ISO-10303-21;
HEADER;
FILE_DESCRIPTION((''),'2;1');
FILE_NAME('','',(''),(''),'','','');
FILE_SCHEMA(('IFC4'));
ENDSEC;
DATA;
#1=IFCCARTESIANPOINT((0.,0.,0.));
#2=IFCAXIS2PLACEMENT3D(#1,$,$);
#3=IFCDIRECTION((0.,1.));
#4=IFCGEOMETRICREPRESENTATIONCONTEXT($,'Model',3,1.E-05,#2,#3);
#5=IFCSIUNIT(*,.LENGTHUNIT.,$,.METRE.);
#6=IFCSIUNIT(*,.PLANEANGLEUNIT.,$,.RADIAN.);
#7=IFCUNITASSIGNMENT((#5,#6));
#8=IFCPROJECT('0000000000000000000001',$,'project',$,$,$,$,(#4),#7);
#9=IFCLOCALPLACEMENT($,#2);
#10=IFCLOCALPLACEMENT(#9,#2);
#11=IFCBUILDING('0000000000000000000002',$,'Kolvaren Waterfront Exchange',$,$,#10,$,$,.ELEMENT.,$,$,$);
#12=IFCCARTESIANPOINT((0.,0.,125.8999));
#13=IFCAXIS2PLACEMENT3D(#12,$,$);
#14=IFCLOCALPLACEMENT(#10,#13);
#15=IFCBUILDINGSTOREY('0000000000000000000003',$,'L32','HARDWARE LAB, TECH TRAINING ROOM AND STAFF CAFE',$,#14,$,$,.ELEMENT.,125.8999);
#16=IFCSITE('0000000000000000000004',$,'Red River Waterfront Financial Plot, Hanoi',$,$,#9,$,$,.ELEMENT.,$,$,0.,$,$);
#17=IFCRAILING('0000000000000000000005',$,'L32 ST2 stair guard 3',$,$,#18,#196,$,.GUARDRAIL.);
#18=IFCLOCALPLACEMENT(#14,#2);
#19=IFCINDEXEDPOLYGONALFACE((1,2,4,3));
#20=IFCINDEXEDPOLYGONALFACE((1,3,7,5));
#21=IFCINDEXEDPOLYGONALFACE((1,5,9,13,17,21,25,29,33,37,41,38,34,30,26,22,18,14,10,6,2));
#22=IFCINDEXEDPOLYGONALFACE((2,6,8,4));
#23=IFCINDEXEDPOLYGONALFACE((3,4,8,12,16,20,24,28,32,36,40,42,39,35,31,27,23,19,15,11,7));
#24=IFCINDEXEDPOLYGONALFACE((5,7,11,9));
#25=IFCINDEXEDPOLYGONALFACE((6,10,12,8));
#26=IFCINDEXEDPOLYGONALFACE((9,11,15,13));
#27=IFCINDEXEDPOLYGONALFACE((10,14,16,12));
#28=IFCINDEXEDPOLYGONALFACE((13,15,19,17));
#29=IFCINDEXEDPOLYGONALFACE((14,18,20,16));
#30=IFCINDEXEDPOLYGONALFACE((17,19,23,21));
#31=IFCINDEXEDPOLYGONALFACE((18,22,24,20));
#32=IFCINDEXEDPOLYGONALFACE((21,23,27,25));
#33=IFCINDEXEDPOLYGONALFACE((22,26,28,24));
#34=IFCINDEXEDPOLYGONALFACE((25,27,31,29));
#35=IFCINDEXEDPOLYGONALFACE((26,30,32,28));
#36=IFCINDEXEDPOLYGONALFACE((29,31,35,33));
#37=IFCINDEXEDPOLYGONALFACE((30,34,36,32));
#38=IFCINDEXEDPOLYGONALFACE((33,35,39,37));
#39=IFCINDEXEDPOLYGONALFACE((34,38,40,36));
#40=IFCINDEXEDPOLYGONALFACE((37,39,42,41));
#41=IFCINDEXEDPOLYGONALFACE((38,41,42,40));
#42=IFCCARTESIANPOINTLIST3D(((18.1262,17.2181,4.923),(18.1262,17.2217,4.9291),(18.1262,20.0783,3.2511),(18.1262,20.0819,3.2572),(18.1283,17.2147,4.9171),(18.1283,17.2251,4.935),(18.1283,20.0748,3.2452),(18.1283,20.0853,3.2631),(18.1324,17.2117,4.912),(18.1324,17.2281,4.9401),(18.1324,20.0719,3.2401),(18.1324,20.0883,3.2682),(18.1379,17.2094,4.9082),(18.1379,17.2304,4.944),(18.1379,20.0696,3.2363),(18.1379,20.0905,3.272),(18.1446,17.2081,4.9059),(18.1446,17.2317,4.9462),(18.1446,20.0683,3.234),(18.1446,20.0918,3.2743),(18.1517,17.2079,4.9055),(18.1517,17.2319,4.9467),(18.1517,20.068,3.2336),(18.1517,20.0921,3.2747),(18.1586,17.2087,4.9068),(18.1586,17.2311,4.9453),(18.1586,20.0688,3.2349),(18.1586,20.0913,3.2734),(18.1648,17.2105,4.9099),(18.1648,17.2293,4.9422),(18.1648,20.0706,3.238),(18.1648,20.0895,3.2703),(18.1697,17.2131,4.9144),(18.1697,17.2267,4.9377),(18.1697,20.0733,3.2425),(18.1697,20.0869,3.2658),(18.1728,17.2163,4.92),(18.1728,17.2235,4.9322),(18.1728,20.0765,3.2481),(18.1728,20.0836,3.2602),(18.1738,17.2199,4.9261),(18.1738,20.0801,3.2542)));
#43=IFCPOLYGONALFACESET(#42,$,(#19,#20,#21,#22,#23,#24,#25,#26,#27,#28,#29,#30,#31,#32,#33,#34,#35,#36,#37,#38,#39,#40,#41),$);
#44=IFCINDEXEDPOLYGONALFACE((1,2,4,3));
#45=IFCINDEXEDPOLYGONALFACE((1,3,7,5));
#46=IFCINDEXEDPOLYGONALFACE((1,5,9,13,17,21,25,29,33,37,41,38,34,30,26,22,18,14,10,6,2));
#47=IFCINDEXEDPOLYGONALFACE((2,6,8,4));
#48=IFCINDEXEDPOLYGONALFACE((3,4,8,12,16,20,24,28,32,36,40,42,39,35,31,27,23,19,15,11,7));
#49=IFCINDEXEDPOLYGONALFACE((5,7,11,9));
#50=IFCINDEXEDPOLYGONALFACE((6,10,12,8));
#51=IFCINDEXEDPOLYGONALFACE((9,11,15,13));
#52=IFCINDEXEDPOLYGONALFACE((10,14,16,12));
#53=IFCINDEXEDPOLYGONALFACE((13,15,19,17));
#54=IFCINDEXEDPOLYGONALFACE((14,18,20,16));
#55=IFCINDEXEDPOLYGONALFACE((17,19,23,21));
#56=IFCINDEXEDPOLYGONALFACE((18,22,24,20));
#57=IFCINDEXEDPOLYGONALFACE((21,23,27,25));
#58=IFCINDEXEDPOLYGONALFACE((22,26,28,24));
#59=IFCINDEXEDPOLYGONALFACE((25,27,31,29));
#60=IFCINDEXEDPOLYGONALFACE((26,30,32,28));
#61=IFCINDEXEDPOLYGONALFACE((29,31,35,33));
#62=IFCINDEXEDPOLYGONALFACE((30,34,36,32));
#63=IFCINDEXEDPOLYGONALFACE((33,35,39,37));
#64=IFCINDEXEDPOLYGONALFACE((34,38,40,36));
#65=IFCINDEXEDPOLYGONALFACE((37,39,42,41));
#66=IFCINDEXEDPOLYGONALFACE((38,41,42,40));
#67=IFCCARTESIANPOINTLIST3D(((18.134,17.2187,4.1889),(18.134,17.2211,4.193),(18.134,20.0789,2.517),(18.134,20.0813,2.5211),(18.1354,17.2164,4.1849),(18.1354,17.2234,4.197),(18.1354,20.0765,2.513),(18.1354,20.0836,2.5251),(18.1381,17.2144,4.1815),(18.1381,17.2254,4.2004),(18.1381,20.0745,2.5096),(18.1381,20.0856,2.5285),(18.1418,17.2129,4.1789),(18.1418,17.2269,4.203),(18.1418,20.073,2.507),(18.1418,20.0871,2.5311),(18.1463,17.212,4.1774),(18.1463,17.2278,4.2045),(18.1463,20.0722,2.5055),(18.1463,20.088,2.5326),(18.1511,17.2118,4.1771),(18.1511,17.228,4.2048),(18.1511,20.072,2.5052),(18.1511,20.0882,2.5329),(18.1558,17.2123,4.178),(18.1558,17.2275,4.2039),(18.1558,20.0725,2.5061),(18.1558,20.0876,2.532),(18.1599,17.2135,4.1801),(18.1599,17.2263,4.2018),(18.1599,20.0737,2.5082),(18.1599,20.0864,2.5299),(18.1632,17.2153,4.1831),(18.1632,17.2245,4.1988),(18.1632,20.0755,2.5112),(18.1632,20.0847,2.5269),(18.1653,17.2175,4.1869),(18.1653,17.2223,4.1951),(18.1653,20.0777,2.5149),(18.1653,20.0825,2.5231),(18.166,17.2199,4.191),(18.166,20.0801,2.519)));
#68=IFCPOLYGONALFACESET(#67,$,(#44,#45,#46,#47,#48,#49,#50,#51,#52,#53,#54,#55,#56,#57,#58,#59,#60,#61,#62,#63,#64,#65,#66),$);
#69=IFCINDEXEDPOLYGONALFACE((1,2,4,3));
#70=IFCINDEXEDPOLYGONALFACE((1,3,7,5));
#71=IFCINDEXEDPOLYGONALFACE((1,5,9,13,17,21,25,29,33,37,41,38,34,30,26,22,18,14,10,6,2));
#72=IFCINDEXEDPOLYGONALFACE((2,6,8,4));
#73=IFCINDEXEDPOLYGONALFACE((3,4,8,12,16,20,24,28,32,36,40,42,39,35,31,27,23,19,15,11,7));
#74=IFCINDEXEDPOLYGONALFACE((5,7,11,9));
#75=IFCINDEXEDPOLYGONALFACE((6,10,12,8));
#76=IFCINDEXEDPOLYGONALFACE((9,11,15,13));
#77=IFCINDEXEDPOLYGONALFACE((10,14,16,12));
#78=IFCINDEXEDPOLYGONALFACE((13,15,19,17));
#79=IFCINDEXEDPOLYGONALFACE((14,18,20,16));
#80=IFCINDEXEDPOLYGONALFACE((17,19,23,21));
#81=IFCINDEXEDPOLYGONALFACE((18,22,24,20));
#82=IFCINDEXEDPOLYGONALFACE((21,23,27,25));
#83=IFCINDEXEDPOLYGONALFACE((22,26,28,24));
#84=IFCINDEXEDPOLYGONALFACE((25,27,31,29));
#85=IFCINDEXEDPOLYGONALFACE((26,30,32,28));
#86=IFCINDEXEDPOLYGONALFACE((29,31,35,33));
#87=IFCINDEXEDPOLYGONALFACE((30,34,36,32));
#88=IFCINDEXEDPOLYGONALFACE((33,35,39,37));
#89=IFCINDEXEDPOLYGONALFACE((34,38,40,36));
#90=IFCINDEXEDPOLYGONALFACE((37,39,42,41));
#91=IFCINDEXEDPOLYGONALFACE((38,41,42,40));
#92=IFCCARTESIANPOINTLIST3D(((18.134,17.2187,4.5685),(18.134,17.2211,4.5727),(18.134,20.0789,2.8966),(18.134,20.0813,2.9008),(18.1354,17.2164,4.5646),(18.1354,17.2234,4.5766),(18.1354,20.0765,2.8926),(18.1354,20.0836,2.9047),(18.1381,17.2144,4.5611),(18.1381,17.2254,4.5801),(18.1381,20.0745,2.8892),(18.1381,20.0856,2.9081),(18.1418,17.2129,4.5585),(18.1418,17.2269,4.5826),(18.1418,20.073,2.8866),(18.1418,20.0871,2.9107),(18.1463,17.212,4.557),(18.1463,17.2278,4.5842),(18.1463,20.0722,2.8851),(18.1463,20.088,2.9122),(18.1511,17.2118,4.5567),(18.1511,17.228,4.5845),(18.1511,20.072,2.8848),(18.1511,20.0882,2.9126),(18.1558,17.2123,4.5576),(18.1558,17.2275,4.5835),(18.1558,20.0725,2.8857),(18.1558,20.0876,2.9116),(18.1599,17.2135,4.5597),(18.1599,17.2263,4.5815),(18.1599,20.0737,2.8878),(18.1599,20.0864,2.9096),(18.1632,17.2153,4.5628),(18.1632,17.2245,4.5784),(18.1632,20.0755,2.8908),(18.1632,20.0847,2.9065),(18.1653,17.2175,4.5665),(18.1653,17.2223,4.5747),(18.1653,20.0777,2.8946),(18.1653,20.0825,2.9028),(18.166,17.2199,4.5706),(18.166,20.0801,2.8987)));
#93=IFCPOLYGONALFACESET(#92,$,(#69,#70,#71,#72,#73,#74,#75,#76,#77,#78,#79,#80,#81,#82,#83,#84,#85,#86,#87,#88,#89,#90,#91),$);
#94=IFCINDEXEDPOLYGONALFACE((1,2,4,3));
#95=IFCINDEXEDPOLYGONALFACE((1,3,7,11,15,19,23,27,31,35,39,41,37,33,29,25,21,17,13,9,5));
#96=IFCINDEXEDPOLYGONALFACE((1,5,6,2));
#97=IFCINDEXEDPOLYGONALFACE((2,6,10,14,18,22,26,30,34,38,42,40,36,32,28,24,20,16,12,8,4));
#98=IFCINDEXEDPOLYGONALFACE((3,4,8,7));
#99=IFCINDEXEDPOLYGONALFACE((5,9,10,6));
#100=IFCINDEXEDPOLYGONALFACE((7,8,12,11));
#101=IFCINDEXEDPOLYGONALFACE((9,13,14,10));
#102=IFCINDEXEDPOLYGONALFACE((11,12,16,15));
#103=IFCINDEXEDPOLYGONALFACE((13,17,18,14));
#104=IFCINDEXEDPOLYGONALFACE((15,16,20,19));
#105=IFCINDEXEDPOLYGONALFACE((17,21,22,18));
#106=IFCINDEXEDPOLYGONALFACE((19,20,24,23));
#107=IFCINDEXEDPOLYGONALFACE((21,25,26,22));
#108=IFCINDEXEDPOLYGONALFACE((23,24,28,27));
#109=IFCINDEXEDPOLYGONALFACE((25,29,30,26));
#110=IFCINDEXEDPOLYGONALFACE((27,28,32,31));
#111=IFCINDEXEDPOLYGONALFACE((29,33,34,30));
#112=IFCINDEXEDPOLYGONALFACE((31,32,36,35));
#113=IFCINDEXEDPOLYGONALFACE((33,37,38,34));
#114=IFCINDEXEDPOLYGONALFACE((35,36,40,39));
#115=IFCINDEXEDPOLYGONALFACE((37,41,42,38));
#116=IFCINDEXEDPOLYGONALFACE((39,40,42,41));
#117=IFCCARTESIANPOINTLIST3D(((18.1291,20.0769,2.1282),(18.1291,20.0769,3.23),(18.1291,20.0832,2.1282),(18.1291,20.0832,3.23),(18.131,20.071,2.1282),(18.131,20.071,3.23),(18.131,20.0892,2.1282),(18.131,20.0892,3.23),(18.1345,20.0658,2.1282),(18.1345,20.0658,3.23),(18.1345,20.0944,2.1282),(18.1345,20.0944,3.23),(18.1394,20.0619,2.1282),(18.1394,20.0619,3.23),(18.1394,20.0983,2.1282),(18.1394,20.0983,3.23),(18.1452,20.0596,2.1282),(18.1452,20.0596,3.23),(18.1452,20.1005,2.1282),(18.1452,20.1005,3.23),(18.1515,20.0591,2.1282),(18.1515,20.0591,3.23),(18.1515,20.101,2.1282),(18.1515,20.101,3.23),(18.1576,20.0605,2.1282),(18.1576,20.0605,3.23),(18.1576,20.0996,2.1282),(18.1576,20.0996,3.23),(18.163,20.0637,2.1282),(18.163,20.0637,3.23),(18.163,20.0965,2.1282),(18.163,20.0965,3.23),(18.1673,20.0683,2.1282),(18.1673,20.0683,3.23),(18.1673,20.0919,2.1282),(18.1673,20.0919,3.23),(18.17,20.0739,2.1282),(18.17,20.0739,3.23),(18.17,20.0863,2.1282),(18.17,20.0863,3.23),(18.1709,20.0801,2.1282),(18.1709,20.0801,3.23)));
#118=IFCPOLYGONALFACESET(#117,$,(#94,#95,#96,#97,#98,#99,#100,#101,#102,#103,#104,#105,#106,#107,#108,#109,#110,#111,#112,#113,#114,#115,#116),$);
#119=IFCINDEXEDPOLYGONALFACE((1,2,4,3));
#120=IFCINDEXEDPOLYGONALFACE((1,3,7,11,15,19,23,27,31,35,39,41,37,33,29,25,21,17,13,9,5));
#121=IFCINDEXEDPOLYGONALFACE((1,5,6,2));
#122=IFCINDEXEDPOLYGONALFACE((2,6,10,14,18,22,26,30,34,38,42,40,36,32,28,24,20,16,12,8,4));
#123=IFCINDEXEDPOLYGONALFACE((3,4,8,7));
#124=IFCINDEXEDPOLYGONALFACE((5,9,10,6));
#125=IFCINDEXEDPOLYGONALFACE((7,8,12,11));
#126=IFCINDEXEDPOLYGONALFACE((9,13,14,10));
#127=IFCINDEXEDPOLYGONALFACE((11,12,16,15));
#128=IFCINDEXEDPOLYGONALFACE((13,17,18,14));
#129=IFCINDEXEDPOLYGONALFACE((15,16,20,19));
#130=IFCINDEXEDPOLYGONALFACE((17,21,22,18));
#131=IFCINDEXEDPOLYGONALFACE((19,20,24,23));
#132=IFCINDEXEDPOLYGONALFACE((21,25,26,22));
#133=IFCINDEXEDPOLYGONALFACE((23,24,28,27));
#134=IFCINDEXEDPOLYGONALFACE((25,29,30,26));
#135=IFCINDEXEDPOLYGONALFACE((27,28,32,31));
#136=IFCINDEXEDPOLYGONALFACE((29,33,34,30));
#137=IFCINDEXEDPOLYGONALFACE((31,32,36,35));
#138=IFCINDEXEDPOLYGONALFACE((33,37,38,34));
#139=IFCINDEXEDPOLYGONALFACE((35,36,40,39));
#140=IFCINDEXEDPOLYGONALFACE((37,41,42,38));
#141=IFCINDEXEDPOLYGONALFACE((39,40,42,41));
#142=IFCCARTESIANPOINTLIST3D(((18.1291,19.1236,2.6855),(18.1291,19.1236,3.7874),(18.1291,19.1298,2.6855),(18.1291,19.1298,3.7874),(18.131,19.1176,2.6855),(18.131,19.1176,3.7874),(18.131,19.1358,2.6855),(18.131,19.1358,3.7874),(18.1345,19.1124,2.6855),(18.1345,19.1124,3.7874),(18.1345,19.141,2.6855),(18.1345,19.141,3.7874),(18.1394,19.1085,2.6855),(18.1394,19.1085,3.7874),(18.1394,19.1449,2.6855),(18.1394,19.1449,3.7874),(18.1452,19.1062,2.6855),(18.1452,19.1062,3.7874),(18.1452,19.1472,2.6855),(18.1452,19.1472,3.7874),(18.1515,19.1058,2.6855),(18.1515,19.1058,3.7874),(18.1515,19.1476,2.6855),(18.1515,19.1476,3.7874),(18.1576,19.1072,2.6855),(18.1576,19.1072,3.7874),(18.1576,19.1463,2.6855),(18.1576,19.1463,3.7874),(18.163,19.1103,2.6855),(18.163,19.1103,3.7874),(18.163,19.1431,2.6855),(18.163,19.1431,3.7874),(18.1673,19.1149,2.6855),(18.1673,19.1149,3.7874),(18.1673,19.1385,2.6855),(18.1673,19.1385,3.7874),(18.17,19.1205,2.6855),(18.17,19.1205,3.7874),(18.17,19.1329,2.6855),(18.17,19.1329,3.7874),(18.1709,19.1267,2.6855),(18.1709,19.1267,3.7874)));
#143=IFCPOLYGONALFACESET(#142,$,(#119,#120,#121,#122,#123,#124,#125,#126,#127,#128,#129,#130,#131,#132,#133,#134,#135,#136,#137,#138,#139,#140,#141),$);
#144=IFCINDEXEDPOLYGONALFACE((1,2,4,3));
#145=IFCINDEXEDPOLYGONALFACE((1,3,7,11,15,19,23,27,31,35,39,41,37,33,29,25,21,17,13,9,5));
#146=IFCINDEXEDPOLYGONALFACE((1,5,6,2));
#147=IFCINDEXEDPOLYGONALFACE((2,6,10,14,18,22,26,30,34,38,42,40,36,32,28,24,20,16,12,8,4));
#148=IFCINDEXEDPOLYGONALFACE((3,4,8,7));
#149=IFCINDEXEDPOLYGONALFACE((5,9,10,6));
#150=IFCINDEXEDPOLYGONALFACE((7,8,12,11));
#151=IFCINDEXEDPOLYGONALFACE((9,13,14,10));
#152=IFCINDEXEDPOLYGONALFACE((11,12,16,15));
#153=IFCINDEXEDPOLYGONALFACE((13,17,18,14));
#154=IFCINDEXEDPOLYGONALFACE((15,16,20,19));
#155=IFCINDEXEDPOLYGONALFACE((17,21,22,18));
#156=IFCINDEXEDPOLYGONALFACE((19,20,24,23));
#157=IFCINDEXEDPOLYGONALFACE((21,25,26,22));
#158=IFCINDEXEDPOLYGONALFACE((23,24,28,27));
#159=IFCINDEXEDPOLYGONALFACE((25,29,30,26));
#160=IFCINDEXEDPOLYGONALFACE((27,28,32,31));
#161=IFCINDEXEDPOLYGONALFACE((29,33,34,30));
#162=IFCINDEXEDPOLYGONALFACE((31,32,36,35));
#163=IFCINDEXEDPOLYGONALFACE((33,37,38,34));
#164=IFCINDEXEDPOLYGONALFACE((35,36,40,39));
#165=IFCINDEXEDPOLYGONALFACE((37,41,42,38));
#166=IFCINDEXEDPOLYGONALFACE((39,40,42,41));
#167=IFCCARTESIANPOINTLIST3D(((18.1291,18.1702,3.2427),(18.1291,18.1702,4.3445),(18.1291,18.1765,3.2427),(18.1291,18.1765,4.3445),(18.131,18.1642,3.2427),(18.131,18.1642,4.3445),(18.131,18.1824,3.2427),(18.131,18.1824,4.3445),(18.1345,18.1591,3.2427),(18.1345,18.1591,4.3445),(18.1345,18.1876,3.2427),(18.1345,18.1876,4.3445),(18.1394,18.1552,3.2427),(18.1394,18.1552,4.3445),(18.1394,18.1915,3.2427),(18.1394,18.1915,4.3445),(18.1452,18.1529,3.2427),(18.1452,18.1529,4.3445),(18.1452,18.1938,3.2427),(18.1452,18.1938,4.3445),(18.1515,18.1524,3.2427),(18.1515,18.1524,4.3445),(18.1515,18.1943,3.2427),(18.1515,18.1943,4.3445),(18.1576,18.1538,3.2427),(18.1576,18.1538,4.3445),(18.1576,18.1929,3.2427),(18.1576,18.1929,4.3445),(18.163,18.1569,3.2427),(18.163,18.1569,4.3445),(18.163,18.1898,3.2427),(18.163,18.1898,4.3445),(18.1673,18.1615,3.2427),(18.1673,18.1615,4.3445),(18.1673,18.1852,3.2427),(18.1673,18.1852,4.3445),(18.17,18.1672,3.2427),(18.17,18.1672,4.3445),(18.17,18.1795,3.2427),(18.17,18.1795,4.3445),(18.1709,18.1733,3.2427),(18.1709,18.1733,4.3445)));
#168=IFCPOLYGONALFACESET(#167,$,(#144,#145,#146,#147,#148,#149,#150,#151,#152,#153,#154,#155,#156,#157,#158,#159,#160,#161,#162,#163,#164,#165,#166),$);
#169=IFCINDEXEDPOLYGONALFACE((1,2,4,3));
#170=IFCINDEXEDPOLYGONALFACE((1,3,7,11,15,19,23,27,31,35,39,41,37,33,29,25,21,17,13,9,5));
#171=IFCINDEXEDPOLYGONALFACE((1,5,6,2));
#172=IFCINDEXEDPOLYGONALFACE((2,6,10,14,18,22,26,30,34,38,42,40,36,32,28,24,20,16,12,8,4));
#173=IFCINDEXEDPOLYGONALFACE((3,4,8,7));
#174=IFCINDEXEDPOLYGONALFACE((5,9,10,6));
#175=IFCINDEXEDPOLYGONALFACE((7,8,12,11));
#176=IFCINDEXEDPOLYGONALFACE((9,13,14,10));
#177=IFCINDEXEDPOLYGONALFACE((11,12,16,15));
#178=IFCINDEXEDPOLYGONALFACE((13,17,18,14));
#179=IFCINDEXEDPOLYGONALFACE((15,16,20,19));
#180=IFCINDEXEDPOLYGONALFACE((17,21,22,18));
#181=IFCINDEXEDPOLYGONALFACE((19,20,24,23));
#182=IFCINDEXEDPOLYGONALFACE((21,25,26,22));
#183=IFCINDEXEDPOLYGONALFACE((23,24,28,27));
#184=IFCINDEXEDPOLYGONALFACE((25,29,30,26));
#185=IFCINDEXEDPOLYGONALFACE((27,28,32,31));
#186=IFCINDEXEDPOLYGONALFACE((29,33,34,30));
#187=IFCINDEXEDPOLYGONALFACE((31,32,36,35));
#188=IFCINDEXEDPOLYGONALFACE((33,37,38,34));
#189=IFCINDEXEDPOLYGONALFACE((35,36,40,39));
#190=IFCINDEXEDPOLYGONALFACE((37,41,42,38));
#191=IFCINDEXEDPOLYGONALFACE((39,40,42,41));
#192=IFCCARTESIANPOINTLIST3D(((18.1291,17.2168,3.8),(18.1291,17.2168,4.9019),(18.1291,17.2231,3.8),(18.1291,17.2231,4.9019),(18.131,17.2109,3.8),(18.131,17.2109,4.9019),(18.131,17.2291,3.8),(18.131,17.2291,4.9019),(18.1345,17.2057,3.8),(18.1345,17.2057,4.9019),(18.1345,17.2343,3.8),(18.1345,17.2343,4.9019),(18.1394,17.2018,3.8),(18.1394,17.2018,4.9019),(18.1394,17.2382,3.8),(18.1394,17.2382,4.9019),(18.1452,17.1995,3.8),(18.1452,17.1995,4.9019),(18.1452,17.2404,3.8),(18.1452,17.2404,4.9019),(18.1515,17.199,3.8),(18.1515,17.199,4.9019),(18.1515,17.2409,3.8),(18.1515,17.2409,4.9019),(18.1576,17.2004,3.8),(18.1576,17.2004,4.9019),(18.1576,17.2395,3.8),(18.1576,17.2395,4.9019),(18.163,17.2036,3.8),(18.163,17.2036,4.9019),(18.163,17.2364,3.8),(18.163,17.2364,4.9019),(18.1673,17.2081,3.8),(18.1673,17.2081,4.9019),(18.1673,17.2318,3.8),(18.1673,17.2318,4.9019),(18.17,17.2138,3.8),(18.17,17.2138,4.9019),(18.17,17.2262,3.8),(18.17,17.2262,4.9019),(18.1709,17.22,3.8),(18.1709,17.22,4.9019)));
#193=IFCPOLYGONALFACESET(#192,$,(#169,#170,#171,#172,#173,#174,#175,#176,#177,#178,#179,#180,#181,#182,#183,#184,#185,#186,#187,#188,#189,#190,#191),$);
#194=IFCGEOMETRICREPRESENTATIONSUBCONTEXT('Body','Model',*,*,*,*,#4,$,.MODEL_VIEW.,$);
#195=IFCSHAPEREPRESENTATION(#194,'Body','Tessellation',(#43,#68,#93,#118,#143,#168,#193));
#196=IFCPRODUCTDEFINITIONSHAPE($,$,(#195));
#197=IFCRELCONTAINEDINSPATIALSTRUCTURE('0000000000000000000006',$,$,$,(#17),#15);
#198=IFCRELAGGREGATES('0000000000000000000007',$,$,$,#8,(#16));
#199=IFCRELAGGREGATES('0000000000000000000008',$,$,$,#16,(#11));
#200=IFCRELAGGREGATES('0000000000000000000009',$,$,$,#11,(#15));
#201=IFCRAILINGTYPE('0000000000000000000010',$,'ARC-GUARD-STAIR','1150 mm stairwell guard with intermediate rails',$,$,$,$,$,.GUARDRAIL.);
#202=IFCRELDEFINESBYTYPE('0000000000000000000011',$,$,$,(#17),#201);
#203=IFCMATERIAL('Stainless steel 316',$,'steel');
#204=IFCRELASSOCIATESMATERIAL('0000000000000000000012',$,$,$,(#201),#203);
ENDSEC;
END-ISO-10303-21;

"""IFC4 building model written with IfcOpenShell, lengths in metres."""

from ifc_helpers import new_model, si_unit, direction, frame, origin, origin_2d, place, context, subcontext, project, spatial, circle, extrude, material, type_object, element, save


model = new_model("IFC4")

# Units and contexts
model_context = context("Model", 3, precision=1e-05, world=origin(), true_north=direction((0.0, 1.0)))
body_context = subcontext(model_context, "Body", "Model", "MODEL_VIEW")
ifc_project = project(units=[si_unit("LENGTHUNIT", "METRE"), si_unit("PLANEANGLEUNIT", "RADIAN")], contexts=[model_context])

# Site, building, storey
site_placement = place(None, origin())
site = spatial("IfcSite", under=ifc_project, at=site_placement, Name="Red River Waterfront Financial Plot, Hanoi", CompositionType="ELEMENT", RefElevation=0.0)
building_placement = place(site_placement, origin())
building = spatial("IfcBuilding", under=site, at=building_placement, Name="Kolvaren Waterfront Exchange", CompositionType="ELEMENT")
storey_placement = place(building_placement, frame((0.0, 0.0, 125.8999)))
storey = spatial("IfcBuildingStorey", under=building, at=storey_placement, Name="L32", Description="HARDWARE LAB, TECH TRAINING ROOM AND STAFF CAFE", CompositionType="ELEMENT", Elevation=125.8999)

# Railing
ifc_material_1 = material(Name="Stainless steel 316", Category="steel")
railing_type_1 = type_object("IfcRailingType", Name="ARC-GUARD-STAIR", Description="1150 mm stairwell guard with intermediate rails", PredefinedType="GUARDRAIL", material=ifc_material_1)
railing_1_placement = place(storey_placement, frame((18.1499, 20.0801, 2.1282)))
element("IfcRailing", 1, at=railing_1_placement, inside=storey, type_object=railing_type_1, Name="L32 ST2 stair guard 3", PredefinedType="GUARDRAIL", context=body_context, shape_type="SweptSolid", body=[
    extrude(circle(Radius=0.0239, at=origin_2d()), frame((0.0, 0.0, 1.126), z_axis=(0.0, -0.863321, 0.504654), x_axis=(1.0, 0.0, 0.0)), (0.0, 0.0, 1.0), 3.313),
    extrude(circle(Radius=0.0161, at=origin_2d()), frame((0.0, 0.0, 0.3909), z_axis=(0.0, -0.863321, 0.504654), x_axis=(1.0, 0.0, 0.0)), (0.0, 0.0, 1.0), 3.313),
    extrude(circle(Radius=0.0161, at=origin_2d()), frame((0.0, 0.0, 0.7705), z_axis=(0.0, -0.863321, 0.504654), x_axis=(1.0, 0.0, 0.0)), (0.0, 0.0, 1.0), 3.313),
    extrude(circle(Radius=0.021, at=origin_2d()), origin(), (0.0, 0.0, 1.0), 1.1018),
    extrude(circle(Radius=0.021, at=origin_2d()), frame((0.0, -0.9534, 0.5574)), (0.0, 0.0, 1.0), 1.1018),
    extrude(circle(Radius=0.021, at=origin_2d()), frame((0.0, -1.9067, 1.1145)), (0.0, 0.0, 1.0), 1.1018),
    extrude(circle(Radius=0.021, at=origin_2d()), frame((0.0, -2.8601, 1.6719)), (0.0, 0.0, 1.0), 1.1018),
])

save(model, "model.ifc")
